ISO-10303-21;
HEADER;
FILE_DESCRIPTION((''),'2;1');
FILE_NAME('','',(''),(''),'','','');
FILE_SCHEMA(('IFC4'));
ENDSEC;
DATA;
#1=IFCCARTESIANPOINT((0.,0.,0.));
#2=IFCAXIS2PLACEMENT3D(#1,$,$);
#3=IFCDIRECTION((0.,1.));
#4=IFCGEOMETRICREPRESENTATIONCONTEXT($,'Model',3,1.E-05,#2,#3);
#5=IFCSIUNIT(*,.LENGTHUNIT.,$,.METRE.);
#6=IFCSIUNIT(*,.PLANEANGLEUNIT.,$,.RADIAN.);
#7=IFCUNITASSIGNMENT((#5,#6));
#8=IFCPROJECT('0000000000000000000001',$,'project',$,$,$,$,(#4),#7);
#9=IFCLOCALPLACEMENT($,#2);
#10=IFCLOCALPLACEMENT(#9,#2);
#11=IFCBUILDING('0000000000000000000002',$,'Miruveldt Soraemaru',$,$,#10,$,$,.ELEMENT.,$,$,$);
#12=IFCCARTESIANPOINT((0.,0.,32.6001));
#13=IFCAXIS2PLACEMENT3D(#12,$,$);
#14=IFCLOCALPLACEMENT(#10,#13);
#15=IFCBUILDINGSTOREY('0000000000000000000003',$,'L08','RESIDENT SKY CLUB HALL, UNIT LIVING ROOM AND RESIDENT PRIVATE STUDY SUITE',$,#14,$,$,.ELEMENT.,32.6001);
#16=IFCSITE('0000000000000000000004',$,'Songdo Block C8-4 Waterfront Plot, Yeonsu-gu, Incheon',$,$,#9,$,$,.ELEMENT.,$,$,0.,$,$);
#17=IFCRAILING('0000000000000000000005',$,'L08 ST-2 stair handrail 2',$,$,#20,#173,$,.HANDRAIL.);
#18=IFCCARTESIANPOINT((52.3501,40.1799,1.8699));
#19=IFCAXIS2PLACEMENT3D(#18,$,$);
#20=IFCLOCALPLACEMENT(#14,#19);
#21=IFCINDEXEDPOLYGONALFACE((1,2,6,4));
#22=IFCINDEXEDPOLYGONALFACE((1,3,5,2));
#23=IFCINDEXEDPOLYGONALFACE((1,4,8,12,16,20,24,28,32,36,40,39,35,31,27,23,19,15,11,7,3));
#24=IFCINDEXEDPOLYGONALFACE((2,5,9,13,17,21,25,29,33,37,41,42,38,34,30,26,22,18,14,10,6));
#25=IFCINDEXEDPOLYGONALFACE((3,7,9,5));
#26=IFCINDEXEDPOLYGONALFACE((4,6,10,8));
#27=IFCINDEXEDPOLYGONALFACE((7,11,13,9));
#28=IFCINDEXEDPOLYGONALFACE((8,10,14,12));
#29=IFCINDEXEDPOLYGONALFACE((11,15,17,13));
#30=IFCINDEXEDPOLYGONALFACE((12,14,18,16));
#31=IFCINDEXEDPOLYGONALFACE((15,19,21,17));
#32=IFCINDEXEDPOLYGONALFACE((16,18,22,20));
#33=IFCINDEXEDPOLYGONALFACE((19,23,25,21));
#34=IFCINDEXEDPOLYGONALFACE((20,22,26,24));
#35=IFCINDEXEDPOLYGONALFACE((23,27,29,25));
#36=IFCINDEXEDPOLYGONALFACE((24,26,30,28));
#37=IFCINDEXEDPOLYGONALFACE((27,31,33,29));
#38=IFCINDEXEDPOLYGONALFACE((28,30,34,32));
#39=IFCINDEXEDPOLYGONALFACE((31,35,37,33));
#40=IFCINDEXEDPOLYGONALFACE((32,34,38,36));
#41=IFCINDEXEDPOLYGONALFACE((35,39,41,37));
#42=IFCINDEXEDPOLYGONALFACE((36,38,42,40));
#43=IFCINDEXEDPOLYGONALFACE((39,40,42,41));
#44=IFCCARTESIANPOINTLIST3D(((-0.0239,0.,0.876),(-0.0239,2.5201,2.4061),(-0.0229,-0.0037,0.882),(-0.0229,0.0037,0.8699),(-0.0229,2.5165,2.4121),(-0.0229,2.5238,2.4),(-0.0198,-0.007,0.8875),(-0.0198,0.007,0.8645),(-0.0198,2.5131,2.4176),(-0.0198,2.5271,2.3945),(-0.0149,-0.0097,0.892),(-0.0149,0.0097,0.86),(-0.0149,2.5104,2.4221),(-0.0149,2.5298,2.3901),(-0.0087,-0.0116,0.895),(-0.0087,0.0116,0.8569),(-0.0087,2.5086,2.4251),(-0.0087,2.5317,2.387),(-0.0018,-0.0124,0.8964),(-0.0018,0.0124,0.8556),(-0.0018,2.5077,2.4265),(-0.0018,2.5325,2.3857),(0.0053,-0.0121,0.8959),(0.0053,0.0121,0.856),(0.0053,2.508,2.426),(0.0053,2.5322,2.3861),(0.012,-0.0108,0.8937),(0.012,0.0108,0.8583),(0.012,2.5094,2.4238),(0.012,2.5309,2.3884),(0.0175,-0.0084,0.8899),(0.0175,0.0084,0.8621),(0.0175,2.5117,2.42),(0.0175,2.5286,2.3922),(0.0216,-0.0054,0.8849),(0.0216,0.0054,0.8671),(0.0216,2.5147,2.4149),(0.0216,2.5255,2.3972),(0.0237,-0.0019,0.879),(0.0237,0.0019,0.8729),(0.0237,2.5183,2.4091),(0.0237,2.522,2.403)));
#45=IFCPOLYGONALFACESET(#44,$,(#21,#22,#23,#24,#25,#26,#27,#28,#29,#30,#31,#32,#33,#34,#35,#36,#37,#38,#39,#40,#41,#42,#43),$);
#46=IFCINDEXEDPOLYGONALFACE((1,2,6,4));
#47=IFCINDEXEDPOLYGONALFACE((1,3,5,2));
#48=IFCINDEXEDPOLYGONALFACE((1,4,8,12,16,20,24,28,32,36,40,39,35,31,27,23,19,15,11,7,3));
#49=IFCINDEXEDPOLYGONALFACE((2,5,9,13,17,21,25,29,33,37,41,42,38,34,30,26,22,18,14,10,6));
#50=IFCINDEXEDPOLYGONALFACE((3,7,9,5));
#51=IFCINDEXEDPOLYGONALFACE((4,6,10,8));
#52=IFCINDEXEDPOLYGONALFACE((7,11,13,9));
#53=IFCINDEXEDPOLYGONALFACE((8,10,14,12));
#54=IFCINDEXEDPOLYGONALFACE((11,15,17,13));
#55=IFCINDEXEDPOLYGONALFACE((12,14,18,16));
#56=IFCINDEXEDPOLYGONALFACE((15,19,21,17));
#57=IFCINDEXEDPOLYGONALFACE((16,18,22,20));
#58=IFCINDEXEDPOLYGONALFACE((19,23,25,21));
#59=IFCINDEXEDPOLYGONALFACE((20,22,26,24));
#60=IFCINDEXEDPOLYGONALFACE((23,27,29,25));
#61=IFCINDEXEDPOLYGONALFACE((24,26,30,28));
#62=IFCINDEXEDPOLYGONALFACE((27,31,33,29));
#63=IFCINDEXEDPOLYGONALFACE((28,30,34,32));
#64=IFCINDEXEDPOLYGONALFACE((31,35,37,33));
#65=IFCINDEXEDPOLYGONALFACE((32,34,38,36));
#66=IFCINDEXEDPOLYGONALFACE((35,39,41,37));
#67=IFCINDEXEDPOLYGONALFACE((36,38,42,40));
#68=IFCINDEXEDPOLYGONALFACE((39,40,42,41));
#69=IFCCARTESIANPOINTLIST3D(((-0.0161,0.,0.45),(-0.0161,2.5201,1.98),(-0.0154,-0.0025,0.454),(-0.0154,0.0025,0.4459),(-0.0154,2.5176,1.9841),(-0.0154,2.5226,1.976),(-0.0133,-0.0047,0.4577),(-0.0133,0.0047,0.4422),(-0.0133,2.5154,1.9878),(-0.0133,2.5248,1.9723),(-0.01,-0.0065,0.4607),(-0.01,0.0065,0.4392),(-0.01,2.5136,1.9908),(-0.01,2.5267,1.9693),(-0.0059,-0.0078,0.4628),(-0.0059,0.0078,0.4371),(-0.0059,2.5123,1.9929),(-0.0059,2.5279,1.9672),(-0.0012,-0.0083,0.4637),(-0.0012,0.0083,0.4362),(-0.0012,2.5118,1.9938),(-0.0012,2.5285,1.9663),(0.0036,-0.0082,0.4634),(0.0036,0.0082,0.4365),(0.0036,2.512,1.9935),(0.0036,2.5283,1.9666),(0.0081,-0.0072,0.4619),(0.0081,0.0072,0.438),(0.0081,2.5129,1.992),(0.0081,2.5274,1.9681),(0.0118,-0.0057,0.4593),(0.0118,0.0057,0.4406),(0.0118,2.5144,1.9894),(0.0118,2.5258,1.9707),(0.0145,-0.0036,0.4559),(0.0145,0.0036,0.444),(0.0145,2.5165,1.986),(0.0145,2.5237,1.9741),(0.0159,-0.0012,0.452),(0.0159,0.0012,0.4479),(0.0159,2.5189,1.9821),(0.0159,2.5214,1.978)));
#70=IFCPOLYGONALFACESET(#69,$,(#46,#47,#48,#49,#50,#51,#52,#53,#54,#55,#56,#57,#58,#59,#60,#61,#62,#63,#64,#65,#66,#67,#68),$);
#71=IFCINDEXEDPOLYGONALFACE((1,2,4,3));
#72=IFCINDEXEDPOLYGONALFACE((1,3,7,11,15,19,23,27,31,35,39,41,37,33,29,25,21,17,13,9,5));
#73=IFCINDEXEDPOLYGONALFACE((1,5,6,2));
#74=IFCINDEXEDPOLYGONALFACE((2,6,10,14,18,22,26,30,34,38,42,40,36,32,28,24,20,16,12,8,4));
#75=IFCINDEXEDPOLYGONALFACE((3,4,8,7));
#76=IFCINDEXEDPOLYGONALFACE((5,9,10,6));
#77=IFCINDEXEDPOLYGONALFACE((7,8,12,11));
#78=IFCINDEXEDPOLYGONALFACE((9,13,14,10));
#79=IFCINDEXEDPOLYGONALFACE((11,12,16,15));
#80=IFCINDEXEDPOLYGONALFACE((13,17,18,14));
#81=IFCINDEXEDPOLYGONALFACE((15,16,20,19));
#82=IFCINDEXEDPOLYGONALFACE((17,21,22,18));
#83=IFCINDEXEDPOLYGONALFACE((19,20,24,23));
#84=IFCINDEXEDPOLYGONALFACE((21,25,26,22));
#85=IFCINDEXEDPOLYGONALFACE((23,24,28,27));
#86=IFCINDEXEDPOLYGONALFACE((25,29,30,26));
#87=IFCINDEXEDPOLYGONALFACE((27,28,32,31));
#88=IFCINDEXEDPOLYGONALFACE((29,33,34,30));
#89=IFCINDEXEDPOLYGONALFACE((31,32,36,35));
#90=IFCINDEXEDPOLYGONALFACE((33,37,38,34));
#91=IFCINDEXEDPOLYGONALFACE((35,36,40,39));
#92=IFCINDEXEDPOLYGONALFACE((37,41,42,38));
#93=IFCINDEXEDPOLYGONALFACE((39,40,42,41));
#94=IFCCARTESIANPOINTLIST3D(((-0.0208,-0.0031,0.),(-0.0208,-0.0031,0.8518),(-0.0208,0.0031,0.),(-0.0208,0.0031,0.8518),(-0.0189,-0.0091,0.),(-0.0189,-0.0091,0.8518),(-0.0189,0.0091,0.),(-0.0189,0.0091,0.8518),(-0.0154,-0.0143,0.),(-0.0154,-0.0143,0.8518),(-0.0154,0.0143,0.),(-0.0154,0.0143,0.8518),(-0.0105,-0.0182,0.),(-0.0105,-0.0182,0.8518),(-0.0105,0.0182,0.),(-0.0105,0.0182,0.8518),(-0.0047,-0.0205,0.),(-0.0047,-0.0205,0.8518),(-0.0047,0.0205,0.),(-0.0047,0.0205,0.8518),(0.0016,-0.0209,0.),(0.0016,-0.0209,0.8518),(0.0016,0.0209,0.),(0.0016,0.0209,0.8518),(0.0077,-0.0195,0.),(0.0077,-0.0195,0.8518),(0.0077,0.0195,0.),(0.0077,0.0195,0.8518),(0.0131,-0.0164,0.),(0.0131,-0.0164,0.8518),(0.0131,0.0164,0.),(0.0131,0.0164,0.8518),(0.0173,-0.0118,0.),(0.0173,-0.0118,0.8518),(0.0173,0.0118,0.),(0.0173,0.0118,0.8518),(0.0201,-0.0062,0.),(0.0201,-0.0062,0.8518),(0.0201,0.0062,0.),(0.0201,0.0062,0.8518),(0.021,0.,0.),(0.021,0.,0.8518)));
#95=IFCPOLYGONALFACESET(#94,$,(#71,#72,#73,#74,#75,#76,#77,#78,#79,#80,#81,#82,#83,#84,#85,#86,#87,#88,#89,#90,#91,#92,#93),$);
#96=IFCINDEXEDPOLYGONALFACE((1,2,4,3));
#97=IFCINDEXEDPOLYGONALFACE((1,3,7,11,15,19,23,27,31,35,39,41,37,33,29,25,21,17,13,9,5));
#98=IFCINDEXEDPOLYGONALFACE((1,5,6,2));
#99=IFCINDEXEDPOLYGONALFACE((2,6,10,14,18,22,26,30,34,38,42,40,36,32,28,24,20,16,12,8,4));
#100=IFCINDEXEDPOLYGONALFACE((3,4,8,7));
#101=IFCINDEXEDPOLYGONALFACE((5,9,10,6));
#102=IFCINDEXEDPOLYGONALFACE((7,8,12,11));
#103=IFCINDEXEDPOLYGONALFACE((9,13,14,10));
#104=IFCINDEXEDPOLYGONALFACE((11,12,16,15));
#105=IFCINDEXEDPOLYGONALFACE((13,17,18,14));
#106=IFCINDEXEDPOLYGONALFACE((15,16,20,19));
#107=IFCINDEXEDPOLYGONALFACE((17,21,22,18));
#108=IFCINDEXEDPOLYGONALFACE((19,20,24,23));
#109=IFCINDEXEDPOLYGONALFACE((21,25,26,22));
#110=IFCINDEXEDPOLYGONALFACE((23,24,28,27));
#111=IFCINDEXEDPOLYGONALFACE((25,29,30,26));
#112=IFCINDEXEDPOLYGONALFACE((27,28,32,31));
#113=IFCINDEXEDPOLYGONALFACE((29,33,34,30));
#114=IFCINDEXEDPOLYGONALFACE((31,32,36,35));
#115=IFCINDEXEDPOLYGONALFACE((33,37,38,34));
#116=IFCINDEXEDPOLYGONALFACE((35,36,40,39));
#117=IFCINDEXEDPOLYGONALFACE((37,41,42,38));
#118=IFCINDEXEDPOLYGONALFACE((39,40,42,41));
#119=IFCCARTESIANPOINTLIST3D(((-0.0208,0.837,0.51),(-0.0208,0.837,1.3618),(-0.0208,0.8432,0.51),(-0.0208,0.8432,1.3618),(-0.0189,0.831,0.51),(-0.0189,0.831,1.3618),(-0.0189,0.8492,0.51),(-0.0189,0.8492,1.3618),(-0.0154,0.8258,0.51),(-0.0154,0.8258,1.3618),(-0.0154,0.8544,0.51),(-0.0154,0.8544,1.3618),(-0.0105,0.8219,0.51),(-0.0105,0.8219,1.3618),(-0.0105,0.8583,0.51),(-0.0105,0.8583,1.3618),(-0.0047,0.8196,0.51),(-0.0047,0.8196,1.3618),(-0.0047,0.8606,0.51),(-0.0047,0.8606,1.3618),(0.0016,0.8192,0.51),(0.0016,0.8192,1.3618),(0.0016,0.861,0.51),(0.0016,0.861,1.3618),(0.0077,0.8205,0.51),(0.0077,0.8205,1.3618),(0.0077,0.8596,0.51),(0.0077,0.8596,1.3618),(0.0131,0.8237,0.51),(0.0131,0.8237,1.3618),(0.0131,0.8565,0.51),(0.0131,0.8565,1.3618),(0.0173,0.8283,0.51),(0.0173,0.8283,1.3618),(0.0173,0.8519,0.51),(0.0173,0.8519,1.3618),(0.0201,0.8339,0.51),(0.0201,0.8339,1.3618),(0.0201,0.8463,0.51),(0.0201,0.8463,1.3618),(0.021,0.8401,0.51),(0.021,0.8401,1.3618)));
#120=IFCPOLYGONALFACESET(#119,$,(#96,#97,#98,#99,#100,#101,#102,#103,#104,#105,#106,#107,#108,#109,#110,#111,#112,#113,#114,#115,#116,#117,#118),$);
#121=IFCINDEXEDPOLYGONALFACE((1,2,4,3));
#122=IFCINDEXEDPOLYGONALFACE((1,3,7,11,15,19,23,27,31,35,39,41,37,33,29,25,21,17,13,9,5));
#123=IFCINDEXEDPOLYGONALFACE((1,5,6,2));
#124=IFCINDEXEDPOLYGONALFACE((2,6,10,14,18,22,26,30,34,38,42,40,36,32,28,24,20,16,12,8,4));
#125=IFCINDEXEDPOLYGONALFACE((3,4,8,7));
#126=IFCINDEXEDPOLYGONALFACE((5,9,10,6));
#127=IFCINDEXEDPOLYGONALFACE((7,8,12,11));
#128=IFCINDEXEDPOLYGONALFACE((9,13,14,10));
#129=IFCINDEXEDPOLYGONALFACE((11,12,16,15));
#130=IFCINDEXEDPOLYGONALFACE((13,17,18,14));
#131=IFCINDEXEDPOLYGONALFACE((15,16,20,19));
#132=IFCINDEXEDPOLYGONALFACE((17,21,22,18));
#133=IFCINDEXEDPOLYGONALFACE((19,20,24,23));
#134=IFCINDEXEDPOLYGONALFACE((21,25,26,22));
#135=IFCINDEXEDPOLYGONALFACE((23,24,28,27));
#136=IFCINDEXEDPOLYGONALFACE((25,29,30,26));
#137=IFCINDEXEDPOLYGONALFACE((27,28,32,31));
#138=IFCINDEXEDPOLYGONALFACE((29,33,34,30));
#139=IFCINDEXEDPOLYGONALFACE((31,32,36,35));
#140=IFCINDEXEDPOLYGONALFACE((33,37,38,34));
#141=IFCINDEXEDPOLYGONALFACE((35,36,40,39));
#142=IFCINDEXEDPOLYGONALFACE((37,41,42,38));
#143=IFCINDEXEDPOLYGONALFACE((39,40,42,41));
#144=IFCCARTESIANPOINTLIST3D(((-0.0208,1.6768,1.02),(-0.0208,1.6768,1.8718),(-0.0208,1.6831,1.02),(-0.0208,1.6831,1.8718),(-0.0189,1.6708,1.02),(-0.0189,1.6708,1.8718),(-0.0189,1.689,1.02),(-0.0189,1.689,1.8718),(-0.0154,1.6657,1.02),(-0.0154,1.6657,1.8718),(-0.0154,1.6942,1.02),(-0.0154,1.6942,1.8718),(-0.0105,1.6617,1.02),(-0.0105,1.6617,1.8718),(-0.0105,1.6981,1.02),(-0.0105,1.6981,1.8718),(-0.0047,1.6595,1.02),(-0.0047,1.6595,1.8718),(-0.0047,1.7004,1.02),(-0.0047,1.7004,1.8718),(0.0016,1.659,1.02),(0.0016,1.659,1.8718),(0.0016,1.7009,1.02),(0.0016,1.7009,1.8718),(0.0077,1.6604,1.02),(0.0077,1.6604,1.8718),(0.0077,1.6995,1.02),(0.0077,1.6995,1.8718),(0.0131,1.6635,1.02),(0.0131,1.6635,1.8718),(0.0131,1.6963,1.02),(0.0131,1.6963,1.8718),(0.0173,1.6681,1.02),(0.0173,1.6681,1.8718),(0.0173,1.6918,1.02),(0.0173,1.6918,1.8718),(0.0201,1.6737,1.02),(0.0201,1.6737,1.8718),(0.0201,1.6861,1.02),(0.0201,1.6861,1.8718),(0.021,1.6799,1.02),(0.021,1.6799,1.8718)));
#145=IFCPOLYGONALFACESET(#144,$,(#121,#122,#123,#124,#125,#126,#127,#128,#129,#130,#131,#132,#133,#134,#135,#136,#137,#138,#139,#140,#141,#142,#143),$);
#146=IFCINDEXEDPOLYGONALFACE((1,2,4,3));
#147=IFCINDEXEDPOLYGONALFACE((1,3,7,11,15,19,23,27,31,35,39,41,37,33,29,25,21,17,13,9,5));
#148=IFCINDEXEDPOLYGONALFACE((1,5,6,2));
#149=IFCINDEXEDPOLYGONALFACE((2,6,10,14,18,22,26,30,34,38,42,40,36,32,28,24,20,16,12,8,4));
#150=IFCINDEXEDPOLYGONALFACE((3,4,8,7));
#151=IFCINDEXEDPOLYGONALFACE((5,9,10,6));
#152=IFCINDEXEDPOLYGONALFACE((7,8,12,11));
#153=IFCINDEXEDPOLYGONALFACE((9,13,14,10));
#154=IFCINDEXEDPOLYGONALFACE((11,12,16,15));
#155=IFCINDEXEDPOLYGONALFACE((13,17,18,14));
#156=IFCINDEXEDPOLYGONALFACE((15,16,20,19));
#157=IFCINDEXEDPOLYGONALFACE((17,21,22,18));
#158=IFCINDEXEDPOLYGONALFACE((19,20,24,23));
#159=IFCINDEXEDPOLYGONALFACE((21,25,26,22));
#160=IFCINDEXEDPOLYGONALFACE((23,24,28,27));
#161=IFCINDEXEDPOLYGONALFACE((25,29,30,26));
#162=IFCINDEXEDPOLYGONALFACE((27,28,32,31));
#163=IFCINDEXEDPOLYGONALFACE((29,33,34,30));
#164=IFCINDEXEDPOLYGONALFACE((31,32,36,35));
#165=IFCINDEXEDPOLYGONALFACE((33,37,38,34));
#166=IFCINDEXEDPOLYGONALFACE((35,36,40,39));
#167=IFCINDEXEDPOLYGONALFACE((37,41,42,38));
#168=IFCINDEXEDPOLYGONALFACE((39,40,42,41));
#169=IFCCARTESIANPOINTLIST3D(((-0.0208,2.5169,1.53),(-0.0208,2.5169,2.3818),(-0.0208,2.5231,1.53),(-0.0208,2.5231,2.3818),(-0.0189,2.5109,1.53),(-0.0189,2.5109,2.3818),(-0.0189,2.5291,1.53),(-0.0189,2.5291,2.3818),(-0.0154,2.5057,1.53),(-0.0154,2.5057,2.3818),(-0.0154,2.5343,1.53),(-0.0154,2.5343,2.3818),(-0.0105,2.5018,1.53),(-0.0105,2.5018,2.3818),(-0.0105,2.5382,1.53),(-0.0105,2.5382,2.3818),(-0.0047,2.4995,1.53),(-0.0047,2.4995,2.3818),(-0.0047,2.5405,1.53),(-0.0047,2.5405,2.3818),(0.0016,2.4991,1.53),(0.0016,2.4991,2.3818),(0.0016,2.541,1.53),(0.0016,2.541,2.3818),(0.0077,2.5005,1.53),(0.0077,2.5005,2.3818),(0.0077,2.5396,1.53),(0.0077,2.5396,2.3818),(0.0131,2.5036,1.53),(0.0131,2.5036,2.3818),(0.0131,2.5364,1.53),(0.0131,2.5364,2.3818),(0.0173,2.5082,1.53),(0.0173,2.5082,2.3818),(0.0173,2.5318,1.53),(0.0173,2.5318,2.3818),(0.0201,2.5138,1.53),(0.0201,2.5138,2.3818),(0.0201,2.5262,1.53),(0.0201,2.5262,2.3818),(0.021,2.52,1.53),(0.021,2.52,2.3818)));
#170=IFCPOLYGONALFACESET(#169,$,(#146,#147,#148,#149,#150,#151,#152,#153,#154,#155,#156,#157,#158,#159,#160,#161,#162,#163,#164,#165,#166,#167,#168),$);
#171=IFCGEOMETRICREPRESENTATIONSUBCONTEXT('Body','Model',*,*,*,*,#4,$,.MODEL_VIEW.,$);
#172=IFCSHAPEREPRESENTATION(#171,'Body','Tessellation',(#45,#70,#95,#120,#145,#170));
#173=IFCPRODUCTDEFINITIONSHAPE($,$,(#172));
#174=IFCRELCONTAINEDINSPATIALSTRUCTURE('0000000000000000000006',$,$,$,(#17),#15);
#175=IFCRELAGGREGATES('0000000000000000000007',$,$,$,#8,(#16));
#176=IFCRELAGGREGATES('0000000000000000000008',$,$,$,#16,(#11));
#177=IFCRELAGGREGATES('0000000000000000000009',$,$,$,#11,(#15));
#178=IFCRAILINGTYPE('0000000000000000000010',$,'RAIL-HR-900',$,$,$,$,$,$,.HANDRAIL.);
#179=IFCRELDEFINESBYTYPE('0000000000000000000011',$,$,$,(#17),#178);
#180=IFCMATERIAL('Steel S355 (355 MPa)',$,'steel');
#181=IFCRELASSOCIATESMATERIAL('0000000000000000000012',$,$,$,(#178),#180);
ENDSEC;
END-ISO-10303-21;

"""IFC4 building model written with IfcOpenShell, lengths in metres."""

from ifc_helpers import new_model, si_unit, direction, frame, origin, origin_2d, place, context, subcontext, project, spatial, circle, extrude, material, type_object, element, save


model = new_model("IFC4")

# Units and contexts
model_context = context("Model", 3, precision=1e-05, world=origin(), true_north=direction((0.0, 1.0)))
body_context = subcontext(model_context, "Body", "Model", "MODEL_VIEW")
ifc_project = project(units=[si_unit("LENGTHUNIT", "METRE"), si_unit("PLANEANGLEUNIT", "RADIAN")], contexts=[model_context])

# Site, building, storey
site_placement = place(None, origin())
site = spatial("IfcSite", under=ifc_project, at=site_placement, Name="Songdo Block C8-4 Waterfront Plot, Yeonsu-gu, Incheon", CompositionType="ELEMENT", RefElevation=0.0)
building_placement = place(site_placement, origin())
building = spatial("IfcBuilding", under=site, at=building_placement, Name="Miruveldt Soraemaru", CompositionType="ELEMENT")
storey_placement = place(building_placement, frame((0.0, 0.0, 32.6001)))
storey = spatial("IfcBuildingStorey", under=building, at=storey_placement, Name="L08", Description="RESIDENT SKY CLUB HALL, UNIT LIVING ROOM AND RESIDENT PRIVATE STUDY SUITE", CompositionType="ELEMENT", Elevation=32.6001)

# Railing
ifc_material_1 = material(Name="Steel S355 (355 MPa)", Category="steel")
railing_type_1 = type_object("IfcRailingType", Name="RAIL-HR-900", PredefinedType="HANDRAIL", material=ifc_material_1)
railing_1_placement = place(storey_placement, frame((52.3501, 40.1799, 1.8699)))
element("IfcRailing", 1, at=railing_1_placement, inside=storey, type_object=railing_type_1, Name="L08 ST-2 stair handrail 2", PredefinedType="HANDRAIL", context=body_context, shape_type="SweptSolid", body=[
    extrude(circle(Radius=0.0239, at=origin_2d()), frame((0.0, 0.0, 0.876), z_axis=(0.0, 0.854785, 0.518982), x_axis=(-1.0, 0.0, 0.0)), (0.0, 0.0, 1.0), 2.9482),
    extrude(circle(Radius=0.0161, at=origin_2d()), frame((0.0, 0.0, 0.45), z_axis=(0.0, 0.854785, 0.518982), x_axis=(-1.0, 0.0, 0.0)), (0.0, 0.0, 1.0), 2.9482),
    extrude(circle(Radius=0.021, at=origin_2d()), origin(), (0.0, 0.0, 1.0), 0.8518),
    extrude(circle(Radius=0.021, at=origin_2d()), frame((0.0, 0.8401, 0.51)), (0.0, 0.0, 1.0), 0.8518),
    extrude(circle(Radius=0.021, at=origin_2d()), frame((0.0, 1.6799, 1.02)), (0.0, 0.0, 1.0), 0.8518),
    extrude(circle(Radius=0.021, at=origin_2d()), frame((0.0, 2.52, 1.53)), (0.0, 0.0, 1.0), 0.8518),
])

save(model, "model.ifc")
